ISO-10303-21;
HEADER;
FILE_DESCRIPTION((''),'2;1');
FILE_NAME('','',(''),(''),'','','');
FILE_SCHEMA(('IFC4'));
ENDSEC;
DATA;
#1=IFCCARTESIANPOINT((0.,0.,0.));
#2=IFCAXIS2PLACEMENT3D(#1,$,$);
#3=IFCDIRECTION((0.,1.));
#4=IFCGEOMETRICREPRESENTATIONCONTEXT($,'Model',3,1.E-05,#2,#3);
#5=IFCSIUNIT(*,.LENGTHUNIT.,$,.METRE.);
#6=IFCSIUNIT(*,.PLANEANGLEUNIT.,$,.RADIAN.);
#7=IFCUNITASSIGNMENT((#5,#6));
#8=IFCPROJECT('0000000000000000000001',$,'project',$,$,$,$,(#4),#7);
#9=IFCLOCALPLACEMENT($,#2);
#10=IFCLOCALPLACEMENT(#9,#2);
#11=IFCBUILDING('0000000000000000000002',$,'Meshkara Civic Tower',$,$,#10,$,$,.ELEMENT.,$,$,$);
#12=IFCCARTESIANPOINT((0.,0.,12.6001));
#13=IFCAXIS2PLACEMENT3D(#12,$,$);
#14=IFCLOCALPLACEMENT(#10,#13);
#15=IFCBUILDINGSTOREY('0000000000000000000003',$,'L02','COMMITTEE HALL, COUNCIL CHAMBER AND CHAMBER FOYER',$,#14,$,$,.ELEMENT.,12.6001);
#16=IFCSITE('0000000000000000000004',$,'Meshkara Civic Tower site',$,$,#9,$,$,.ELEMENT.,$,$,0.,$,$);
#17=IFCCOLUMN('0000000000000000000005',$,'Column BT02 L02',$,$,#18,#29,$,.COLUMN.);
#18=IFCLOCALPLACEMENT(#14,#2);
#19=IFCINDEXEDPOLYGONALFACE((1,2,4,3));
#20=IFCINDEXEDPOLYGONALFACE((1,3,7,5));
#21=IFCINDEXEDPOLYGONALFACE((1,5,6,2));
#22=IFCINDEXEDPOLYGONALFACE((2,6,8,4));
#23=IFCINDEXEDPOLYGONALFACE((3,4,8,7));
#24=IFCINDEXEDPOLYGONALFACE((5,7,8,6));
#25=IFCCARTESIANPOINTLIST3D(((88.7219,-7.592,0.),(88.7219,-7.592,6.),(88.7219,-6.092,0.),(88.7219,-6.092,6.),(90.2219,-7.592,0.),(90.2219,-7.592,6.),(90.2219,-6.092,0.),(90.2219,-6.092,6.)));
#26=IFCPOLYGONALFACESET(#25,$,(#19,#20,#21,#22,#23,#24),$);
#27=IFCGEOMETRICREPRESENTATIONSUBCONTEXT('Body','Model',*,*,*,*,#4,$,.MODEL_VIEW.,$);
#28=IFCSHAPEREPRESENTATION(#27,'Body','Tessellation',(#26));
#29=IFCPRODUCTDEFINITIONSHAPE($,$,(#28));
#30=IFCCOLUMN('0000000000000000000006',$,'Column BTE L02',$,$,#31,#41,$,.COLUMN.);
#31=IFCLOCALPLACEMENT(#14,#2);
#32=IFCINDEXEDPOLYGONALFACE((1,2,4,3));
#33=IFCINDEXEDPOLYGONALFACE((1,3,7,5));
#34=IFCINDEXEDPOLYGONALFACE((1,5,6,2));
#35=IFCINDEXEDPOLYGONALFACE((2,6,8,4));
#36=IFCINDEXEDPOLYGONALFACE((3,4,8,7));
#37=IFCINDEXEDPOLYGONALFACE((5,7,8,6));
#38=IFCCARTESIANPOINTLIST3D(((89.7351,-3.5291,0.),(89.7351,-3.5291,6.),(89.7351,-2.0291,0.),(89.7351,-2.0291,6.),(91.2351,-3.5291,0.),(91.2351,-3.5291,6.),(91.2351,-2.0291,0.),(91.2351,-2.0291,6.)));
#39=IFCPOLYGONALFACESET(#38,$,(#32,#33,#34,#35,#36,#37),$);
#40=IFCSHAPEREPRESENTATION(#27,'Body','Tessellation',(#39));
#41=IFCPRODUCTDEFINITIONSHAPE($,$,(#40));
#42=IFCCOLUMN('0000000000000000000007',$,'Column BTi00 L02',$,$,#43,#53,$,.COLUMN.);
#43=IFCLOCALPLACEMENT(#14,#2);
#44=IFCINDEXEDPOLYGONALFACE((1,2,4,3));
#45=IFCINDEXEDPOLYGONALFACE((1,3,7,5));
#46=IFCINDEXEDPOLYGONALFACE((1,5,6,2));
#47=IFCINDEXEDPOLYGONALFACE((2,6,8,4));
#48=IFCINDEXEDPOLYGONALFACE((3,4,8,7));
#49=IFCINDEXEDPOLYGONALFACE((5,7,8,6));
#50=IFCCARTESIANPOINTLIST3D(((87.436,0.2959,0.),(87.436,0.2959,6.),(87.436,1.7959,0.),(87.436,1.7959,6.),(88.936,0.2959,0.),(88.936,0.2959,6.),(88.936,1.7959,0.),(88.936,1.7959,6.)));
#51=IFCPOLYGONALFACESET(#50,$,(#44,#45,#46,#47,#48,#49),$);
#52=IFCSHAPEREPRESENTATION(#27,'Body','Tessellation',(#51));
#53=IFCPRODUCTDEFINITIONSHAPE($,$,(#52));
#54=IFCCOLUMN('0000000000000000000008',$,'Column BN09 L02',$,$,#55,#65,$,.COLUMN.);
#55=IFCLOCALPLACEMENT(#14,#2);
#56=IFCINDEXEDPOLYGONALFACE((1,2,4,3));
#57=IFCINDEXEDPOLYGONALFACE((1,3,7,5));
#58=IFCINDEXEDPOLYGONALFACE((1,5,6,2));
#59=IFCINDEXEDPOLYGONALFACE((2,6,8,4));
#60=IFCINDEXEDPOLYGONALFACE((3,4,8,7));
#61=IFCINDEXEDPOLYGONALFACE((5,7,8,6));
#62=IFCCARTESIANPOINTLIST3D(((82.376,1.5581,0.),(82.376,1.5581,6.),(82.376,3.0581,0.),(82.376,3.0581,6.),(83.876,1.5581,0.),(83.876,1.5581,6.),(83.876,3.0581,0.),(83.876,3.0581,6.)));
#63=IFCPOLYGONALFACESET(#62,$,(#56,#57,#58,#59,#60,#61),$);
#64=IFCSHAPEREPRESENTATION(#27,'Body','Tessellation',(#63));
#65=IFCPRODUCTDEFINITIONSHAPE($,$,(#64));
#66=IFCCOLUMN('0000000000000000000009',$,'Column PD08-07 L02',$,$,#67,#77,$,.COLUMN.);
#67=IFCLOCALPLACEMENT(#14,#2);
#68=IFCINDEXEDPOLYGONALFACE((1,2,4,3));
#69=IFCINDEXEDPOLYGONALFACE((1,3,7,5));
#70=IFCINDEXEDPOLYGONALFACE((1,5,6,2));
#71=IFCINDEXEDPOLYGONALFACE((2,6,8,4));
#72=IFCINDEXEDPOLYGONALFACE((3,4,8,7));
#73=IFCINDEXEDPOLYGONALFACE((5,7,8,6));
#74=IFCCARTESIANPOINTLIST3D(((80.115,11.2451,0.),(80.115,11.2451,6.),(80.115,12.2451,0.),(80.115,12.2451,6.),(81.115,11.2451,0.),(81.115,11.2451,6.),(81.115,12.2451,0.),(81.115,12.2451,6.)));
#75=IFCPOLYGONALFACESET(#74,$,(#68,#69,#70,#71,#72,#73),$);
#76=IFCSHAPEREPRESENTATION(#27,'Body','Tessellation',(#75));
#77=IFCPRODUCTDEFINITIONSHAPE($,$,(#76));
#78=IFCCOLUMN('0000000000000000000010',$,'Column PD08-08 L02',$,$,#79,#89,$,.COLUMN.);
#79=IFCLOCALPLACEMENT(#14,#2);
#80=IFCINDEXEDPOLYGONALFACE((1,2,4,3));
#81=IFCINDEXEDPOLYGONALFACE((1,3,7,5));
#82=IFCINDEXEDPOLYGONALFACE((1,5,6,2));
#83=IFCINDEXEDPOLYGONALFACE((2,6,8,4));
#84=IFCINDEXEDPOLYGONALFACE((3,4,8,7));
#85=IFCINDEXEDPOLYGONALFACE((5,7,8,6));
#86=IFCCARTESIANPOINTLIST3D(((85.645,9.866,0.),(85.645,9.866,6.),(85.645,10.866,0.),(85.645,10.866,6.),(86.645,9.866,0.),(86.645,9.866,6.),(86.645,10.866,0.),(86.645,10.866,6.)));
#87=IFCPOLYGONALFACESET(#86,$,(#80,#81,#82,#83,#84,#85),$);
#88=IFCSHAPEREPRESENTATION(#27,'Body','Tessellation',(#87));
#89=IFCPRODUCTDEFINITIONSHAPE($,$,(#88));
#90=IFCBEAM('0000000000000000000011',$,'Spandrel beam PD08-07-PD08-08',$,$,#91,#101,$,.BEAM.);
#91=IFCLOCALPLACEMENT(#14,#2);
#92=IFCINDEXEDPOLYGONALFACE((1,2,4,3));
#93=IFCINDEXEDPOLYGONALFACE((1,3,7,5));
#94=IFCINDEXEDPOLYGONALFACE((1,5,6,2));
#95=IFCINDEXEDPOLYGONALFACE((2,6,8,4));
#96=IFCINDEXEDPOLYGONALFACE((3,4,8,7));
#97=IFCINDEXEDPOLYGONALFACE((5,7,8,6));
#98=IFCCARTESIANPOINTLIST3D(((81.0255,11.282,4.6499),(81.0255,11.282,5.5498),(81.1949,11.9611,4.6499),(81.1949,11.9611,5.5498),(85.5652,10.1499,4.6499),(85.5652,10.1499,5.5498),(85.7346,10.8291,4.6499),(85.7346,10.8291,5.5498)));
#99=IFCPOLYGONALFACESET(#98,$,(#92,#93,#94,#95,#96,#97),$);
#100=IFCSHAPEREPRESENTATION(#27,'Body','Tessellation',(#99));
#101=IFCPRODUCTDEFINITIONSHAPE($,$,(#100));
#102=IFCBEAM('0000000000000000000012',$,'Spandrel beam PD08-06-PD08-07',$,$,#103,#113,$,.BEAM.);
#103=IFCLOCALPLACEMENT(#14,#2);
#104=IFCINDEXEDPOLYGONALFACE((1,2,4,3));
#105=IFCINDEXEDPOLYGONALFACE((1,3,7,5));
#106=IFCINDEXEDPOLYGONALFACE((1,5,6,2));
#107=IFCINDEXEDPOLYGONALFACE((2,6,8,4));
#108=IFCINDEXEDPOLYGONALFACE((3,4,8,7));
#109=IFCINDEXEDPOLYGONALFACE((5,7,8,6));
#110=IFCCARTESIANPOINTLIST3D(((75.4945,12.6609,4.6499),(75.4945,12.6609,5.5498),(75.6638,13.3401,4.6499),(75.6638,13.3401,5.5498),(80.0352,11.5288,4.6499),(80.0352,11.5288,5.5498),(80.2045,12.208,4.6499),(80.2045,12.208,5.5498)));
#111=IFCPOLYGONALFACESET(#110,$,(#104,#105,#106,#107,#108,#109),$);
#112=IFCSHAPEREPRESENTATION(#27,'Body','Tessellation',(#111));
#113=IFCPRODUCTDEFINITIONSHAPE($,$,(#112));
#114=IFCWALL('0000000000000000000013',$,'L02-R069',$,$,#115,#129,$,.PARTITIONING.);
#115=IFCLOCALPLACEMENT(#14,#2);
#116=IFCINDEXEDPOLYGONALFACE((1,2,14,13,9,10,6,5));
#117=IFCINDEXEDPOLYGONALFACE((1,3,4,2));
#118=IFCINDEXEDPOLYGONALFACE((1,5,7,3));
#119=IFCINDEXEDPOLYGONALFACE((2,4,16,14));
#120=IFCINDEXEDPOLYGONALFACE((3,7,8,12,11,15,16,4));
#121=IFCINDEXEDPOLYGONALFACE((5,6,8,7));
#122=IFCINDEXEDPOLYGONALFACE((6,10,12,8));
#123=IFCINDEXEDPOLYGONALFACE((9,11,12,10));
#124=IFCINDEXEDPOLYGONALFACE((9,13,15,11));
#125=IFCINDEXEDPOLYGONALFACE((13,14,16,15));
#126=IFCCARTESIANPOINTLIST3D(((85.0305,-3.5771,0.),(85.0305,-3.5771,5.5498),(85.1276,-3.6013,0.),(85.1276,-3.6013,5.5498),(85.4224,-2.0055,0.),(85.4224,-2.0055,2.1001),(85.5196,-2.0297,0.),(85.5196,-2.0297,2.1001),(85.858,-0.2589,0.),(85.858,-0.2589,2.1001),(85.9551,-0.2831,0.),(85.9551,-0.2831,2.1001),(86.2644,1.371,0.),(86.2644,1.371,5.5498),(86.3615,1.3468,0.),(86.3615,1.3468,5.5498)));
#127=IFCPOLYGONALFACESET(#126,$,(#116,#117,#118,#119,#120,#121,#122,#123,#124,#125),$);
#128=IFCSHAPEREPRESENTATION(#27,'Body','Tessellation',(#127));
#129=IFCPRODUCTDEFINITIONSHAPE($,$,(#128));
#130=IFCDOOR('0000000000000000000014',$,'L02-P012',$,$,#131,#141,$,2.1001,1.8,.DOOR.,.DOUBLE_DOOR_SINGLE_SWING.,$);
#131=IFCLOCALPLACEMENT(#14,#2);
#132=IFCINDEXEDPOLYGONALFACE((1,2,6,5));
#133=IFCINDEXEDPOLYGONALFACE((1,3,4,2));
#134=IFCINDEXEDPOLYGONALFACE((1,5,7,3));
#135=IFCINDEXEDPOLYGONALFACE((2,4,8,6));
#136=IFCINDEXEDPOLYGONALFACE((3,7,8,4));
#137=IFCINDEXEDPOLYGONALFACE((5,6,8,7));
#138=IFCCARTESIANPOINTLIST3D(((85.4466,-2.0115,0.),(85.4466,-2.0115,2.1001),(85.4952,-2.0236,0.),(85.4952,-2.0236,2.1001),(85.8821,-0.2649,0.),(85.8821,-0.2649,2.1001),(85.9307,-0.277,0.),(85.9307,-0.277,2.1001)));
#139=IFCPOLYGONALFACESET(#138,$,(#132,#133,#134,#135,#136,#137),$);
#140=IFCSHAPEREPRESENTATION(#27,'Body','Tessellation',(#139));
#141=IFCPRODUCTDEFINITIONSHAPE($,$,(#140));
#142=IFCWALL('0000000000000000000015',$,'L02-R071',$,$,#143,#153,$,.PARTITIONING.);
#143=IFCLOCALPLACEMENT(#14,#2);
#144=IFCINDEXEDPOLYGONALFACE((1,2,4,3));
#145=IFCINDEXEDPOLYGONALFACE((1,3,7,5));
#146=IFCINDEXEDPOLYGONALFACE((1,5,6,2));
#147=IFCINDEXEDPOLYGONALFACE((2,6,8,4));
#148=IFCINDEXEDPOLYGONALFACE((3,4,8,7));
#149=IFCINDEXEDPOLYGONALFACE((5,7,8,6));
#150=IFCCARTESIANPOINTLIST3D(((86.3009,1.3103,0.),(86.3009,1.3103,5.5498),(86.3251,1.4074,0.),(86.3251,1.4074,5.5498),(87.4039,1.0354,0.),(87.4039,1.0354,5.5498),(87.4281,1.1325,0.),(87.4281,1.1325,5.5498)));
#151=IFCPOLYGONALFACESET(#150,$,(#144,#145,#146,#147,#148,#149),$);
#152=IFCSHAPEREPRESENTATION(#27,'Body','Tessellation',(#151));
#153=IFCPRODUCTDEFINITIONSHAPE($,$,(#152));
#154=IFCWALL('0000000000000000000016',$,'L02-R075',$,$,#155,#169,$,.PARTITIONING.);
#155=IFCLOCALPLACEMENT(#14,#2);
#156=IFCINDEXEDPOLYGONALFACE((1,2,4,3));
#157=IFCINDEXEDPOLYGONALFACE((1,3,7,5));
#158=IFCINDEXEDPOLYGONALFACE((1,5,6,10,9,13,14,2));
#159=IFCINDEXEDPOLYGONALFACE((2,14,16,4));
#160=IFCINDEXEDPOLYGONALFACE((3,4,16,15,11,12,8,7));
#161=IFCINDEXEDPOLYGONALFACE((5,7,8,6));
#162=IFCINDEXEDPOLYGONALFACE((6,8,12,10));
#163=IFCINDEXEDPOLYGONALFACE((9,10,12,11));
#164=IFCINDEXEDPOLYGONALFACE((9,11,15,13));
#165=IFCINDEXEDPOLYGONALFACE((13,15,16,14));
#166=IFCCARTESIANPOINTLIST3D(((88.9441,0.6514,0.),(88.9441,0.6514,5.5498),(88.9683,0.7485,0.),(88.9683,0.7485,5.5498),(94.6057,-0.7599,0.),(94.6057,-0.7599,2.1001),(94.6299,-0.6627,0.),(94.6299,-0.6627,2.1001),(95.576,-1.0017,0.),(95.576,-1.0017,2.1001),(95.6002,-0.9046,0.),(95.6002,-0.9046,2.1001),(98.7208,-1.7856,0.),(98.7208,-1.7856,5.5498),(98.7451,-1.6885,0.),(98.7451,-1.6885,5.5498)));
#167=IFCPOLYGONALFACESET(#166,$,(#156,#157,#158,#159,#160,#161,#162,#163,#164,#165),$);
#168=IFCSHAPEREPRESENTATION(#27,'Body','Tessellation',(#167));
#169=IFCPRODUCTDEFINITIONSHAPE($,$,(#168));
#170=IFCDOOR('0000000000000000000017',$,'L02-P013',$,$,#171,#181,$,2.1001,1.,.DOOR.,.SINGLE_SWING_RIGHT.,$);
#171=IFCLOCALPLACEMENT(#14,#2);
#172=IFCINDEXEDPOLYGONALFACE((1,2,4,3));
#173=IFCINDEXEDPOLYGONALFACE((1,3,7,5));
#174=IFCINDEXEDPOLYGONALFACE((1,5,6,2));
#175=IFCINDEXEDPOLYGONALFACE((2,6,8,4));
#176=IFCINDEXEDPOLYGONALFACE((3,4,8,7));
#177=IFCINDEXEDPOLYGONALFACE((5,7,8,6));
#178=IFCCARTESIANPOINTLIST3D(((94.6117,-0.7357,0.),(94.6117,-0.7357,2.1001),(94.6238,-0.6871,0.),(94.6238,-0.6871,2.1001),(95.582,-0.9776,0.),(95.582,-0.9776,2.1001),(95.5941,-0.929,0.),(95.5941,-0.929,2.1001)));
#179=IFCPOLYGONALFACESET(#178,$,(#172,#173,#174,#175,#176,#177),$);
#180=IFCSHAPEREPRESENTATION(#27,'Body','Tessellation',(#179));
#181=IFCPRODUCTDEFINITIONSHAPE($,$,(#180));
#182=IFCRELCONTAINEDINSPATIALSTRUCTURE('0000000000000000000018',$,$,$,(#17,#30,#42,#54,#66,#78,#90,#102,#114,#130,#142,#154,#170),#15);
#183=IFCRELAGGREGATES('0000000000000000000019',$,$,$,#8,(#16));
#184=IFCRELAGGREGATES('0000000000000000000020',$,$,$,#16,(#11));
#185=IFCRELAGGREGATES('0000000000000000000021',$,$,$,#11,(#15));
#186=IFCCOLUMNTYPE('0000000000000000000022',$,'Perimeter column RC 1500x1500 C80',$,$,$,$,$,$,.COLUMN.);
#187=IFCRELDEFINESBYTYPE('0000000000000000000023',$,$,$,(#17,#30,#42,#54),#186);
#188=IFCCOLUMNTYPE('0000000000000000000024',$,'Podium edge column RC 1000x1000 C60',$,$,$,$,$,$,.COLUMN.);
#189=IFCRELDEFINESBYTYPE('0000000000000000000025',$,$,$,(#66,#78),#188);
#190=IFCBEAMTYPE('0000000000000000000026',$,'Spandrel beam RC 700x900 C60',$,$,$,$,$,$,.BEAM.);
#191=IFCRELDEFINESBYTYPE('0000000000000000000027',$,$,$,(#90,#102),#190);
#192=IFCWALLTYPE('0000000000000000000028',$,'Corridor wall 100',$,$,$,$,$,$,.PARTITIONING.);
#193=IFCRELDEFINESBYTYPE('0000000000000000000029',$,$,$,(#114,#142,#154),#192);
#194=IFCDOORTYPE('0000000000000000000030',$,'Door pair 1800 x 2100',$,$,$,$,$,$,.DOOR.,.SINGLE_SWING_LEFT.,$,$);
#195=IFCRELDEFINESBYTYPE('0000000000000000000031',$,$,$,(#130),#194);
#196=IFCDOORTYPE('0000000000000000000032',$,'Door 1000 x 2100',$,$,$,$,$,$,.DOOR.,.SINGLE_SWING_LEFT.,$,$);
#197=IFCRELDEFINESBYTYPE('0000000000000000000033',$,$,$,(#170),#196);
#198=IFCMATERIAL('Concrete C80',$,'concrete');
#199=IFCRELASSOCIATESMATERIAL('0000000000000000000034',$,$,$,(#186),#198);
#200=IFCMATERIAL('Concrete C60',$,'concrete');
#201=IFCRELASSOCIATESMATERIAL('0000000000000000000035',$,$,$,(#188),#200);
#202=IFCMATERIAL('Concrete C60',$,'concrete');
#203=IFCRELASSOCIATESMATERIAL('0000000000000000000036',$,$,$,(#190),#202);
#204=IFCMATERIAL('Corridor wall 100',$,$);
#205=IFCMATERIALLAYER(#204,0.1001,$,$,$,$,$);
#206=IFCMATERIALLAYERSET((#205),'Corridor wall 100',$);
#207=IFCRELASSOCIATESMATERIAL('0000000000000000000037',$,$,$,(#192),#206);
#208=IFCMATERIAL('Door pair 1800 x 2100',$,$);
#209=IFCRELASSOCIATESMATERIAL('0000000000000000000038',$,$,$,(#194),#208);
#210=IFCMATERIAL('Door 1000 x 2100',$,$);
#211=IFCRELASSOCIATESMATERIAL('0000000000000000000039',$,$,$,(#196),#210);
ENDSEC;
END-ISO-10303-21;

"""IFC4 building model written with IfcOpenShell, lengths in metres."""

from ifc_helpers import new_model, si_unit, direction, frame, frame_2d, origin, origin_2d, place, context, subcontext, project, spatial, rectangle, extrude, material, layer, layer_set, material_profile, profile_set, type_object, element, fill, save


model = new_model("IFC4")

# Units and contexts
model_context = context("Model", 3, precision=1e-05, world=origin(), true_north=direction((0.0, 1.0)))
body_context = subcontext(model_context, "Body", "Model", "MODEL_VIEW")
ifc_project = project(units=[si_unit("LENGTHUNIT", "METRE"), si_unit("PLANEANGLEUNIT", "RADIAN")], contexts=[model_context])

# Site, building, storey
site_placement = place(None, origin())
site = spatial("IfcSite", under=ifc_project, at=site_placement, Name="Meshkara Civic Tower site", CompositionType="ELEMENT", RefElevation=0.0)
building_placement = place(site_placement, origin())
building = spatial("IfcBuilding", under=site, at=building_placement, Name="Meshkara Civic Tower", CompositionType="ELEMENT")
storey_placement = place(building_placement, frame((0.0, 0.0, 12.6001)))
storey = spatial("IfcBuildingStorey", under=building, at=storey_placement, Name="L02", Description="COMMITTEE HALL, COUNCIL CHAMBER AND CHAMBER FOYER", CompositionType="ELEMENT", Elevation=12.6001)

# Columns
ifc_material_1 = material(Name="Concrete C80", Category="concrete")
ifc_material_profile_1 = material_profile(ifc_material_1, rectangle(XDim=1.5, YDim=1.5, at=origin_2d()))
ifc_profile_set_1 = profile_set([ifc_material_profile_1], Name="Concrete C80")
column_type_1 = type_object("IfcColumnType", Name="Perimeter column RC 1500x1500 C80", PredefinedType="COLUMN", material=ifc_profile_set_1)
for number, where, z_axis, x_axis, name in (
    (1, (89.4719, -6.842, 0.0), (0.0, 0.0, 1.0), (1.0, 0.0, 0.0), "Column BT02 L02"),
    (2, (90.4851, -2.7791, 0.0), (0.0, 0.0, 1.0), (1.0, 0.0, 0.0), "Column BTE L02"),
    (3, (88.186, 1.0459, 0.0), (0.0, 0.0, 1.0), (1.0, 0.0, 0.0), "Column BTi00 L02"),
    (4, (83.126, 2.3081, 0.0), (0.0, 0.0, 1.0), (1.0, 0.0, 0.0), "Column BN09 L02"),
):
    element("IfcColumn", number, at=place(storey_placement, frame(where, z_axis=z_axis, x_axis=x_axis)), inside=storey, type_object=column_type_1, Name=name, PredefinedType="COLUMN", context=body_context, shape_type="SweptSolid", body=[
        extrude(rectangle(XDim=1.5, YDim=1.5, at=origin_2d()), origin(), (0.0, 0.0, 1.0), 6.0),
    ])
ifc_material_2 = material(Name="Concrete C60", Category="concrete")
ifc_material_profile_2 = material_profile(ifc_material_2, rectangle(XDim=1.0, YDim=1.0, at=origin_2d()))
ifc_profile_set_2 = profile_set([ifc_material_profile_2], Name="Concrete C60")
column_type_2 = type_object("IfcColumnType", Name="Podium edge column RC 1000x1000 C60", PredefinedType="COLUMN", material=ifc_profile_set_2)
for number, where, z_axis, x_axis, name in (
    (5, (80.615, 11.7451, 0.0), (0.0, 0.0, 1.0), (1.0, 0.0, 0.0), "Column PD08-07 L02"),
    (6, (86.145, 10.366, 0.0), (0.0, 0.0, 1.0), (1.0, 0.0, 0.0), "Column PD08-08 L02"),
):
    element("IfcColumn", number, at=place(storey_placement, frame(where, z_axis=z_axis, x_axis=x_axis)), inside=storey, type_object=column_type_2, Name=name, PredefinedType="COLUMN", context=body_context, shape_type="SweptSolid", body=[
        extrude(rectangle(XDim=1.0, YDim=1.0, at=origin_2d()), origin(), (0.0, 0.0, 1.0), 6.0),
    ])

# Beams
ifc_material_3 = material(Name="Concrete C60", Category="concrete")
ifc_material_profile_3 = material_profile(ifc_material_3, rectangle(XDim=0.7, YDim=0.8999, at=origin_2d()))
ifc_profile_set_3 = profile_set([ifc_material_profile_3], Name="Concrete C60")
beam_type = type_object("IfcBeamType", Name="Spandrel beam RC 700x900 C60", PredefinedType="BEAM", material=ifc_profile_set_3)
beam_1_placement = place(storey_placement, frame((85.6499, 10.4895, 5.0999), z_axis=(-0.970287, 0.241959, 0.0), x_axis=(-0.241959, -0.970287, 0.0)))
element("IfcBeam", 7, at=beam_1_placement, inside=storey, type_object=beam_type, Name="Spandrel beam PD08-07-PD08-08", PredefinedType="BEAM", context=body_context, shape_type="SweptSolid", body=[
    extrude(rectangle(XDim=0.7, YDim=0.8999, at=origin_2d()), origin(), (0.0, 0.0, 1.0), 4.6787),
])
beam_2_placement = place(storey_placement, frame((80.1199, 11.8684, 5.0999), z_axis=(-0.970299, 0.24191, 0.0), x_axis=(-0.24191, -0.970299, 0.0)))
element("IfcBeam", 8, at=beam_2_placement, inside=storey, type_object=beam_type, Name="Spandrel beam PD08-06-PD08-07", PredefinedType="BEAM", context=body_context, shape_type="SweptSolid", body=[
    extrude(rectangle(XDim=0.7, YDim=0.8999, at=origin_2d()), origin(), (0.0, 0.0, 1.0), 4.6797),
])

# Wall, opening, door
ifc_material_4 = material(Name="Corridor wall 100")
ifc_layer_1 = layer(ifc_material_4, 0.1001)
ifc_layer_set_1 = layer_set([ifc_layer_1], Name="Corridor wall 100")
wall_type_1 = type_object("IfcWallType", Name="Corridor wall 100", PredefinedType="PARTITIONING", material=ifc_layer_set_1)
wall_1_placement = place(storey_placement, frame((86.313, 1.3589, 0.0), z_axis=(0.0, 0.0, 1.0), x_axis=(-0.241961, -0.970286, 0.0)))
wall_1 = element("IfcWall", 9, at=wall_1_placement, inside=storey, type_object=wall_type_1, Name="L02-R069", PredefinedType="PARTITIONING", context=body_context, shape_type="SweptSolid", body=[
    extrude(rectangle(XDim=5.0996, YDim=0.1001, at=frame_2d((2.5498, 0.0))), origin(), (0.0, 0.0, 1.0), 5.5498),
])
opening_1_placement = place(wall_1_placement, frame((1.6799, 0.0, 0.0)))
opening_1 = element("IfcOpeningElement", 10, at=opening_1_placement, cuts=wall_1, PredefinedType="OPENING", context=body_context, shape_type="SweptSolid", body=[
    extrude(rectangle(XDim=1.8, YDim=2.1001, at=frame_2d((0.8999, 1.05))), frame((0.0, 0.0601, 0.0), z_axis=(0.0, -1.0, 0.0), x_axis=(1.0, 0.0, 0.0)), (0.0, 0.0, 1.0), 0.1201),
])
ifc_material_5 = material(Name="Door pair 1800 x 2100")
door_type_1 = type_object("IfcDoorType", Name="Door pair 1800 x 2100", OperationType="SINGLE_SWING_LEFT", PredefinedType="DOOR", material=ifc_material_5)
door_1_placement = place(opening_1_placement, origin())
door_1 = element("IfcDoor", 11, at=door_1_placement, inside=storey, type_object=door_type_1, Name="L02-P012", OperationType="DOUBLE_DOOR_SINGLE_SWING", OverallHeight=2.1001, OverallWidth=1.8, PredefinedType="DOOR", context=body_context, shape_type="SweptSolid", body=[
    extrude(rectangle(XDim=1.8, YDim=2.1001, at=frame_2d((0.8999, 1.05))), frame((0.0, 0.0249, 0.0), z_axis=(0.0, -1.0, 0.0), x_axis=(1.0, 0.0, 0.0)), (0.0, 0.0, 1.0), 0.05),
])
fill(opening_1, door_1)

# Wall
wall_2_placement = place(storey_placement, frame((87.416, 1.084, 0.0), z_axis=(0.0, 0.0, 1.0), x_axis=(-0.970319, 0.241828, 0.0)))
element("IfcWall", 12, at=wall_2_placement, inside=storey, type_object=wall_type_1, Name="L02-R071", PredefinedType="PARTITIONING", context=body_context, shape_type="SweptSolid", body=[
    extrude(rectangle(XDim=1.1367, YDim=0.1001, at=frame_2d((0.5684, 0.0))), origin(), (0.0, 0.0, 1.0), 5.5498),
])

# Wall, opening, door
wall_3_placement = place(storey_placement, frame((88.9561, 0.7, 0.0), z_axis=(0.0, 0.0, 1.0), x_axis=(0.97031, -0.241863, 0.0)))
wall_3 = element("IfcWall", 13, at=wall_3_placement, inside=storey, type_object=wall_type_1, Name="L02-R075", PredefinedType="PARTITIONING", context=body_context, shape_type="SweptSolid", body=[
    extrude(rectangle(XDim=10.0759, YDim=0.1001, at=frame_2d((5.0381, 0.0))), origin(), (0.0, 0.0, 1.0), 5.5498),
])
opening_2_placement = place(wall_3_placement, frame((5.835, 0.0, 0.0)))
opening_2 = element("IfcOpeningElement", 14, at=opening_2_placement, cuts=wall_3, PredefinedType="OPENING", context=body_context, shape_type="SweptSolid", body=[
    extrude(rectangle(XDim=1.0, YDim=2.1001, at=frame_2d((0.5, 1.05))), frame((0.0, 0.0601, 0.0), z_axis=(0.0, -1.0, 0.0), x_axis=(1.0, 0.0, 0.0)), (0.0, 0.0, 1.0), 0.1201),
])
ifc_material_6 = material(Name="Door 1000 x 2100")
door_type_2 = type_object("IfcDoorType", Name="Door 1000 x 2100", OperationType="SINGLE_SWING_LEFT", PredefinedType="DOOR", material=ifc_material_6)
door_2_placement = place(opening_2_placement, origin())
door_2 = element("IfcDoor", 15, at=door_2_placement, inside=storey, type_object=door_type_2, Name="L02-P013", OperationType="SINGLE_SWING_RIGHT", OverallHeight=2.1001, OverallWidth=1.0, PredefinedType="DOOR", context=body_context, shape_type="SweptSolid", body=[
    extrude(rectangle(XDim=1.0, YDim=2.1001, at=frame_2d((0.5, 1.05))), frame((0.0, 0.0249, 0.0), z_axis=(0.0, -1.0, 0.0), x_axis=(1.0, 0.0, 0.0)), (0.0, 0.0, 1.0), 0.05),
])
fill(opening_2, door_2)

save(model, "model.ifc")
